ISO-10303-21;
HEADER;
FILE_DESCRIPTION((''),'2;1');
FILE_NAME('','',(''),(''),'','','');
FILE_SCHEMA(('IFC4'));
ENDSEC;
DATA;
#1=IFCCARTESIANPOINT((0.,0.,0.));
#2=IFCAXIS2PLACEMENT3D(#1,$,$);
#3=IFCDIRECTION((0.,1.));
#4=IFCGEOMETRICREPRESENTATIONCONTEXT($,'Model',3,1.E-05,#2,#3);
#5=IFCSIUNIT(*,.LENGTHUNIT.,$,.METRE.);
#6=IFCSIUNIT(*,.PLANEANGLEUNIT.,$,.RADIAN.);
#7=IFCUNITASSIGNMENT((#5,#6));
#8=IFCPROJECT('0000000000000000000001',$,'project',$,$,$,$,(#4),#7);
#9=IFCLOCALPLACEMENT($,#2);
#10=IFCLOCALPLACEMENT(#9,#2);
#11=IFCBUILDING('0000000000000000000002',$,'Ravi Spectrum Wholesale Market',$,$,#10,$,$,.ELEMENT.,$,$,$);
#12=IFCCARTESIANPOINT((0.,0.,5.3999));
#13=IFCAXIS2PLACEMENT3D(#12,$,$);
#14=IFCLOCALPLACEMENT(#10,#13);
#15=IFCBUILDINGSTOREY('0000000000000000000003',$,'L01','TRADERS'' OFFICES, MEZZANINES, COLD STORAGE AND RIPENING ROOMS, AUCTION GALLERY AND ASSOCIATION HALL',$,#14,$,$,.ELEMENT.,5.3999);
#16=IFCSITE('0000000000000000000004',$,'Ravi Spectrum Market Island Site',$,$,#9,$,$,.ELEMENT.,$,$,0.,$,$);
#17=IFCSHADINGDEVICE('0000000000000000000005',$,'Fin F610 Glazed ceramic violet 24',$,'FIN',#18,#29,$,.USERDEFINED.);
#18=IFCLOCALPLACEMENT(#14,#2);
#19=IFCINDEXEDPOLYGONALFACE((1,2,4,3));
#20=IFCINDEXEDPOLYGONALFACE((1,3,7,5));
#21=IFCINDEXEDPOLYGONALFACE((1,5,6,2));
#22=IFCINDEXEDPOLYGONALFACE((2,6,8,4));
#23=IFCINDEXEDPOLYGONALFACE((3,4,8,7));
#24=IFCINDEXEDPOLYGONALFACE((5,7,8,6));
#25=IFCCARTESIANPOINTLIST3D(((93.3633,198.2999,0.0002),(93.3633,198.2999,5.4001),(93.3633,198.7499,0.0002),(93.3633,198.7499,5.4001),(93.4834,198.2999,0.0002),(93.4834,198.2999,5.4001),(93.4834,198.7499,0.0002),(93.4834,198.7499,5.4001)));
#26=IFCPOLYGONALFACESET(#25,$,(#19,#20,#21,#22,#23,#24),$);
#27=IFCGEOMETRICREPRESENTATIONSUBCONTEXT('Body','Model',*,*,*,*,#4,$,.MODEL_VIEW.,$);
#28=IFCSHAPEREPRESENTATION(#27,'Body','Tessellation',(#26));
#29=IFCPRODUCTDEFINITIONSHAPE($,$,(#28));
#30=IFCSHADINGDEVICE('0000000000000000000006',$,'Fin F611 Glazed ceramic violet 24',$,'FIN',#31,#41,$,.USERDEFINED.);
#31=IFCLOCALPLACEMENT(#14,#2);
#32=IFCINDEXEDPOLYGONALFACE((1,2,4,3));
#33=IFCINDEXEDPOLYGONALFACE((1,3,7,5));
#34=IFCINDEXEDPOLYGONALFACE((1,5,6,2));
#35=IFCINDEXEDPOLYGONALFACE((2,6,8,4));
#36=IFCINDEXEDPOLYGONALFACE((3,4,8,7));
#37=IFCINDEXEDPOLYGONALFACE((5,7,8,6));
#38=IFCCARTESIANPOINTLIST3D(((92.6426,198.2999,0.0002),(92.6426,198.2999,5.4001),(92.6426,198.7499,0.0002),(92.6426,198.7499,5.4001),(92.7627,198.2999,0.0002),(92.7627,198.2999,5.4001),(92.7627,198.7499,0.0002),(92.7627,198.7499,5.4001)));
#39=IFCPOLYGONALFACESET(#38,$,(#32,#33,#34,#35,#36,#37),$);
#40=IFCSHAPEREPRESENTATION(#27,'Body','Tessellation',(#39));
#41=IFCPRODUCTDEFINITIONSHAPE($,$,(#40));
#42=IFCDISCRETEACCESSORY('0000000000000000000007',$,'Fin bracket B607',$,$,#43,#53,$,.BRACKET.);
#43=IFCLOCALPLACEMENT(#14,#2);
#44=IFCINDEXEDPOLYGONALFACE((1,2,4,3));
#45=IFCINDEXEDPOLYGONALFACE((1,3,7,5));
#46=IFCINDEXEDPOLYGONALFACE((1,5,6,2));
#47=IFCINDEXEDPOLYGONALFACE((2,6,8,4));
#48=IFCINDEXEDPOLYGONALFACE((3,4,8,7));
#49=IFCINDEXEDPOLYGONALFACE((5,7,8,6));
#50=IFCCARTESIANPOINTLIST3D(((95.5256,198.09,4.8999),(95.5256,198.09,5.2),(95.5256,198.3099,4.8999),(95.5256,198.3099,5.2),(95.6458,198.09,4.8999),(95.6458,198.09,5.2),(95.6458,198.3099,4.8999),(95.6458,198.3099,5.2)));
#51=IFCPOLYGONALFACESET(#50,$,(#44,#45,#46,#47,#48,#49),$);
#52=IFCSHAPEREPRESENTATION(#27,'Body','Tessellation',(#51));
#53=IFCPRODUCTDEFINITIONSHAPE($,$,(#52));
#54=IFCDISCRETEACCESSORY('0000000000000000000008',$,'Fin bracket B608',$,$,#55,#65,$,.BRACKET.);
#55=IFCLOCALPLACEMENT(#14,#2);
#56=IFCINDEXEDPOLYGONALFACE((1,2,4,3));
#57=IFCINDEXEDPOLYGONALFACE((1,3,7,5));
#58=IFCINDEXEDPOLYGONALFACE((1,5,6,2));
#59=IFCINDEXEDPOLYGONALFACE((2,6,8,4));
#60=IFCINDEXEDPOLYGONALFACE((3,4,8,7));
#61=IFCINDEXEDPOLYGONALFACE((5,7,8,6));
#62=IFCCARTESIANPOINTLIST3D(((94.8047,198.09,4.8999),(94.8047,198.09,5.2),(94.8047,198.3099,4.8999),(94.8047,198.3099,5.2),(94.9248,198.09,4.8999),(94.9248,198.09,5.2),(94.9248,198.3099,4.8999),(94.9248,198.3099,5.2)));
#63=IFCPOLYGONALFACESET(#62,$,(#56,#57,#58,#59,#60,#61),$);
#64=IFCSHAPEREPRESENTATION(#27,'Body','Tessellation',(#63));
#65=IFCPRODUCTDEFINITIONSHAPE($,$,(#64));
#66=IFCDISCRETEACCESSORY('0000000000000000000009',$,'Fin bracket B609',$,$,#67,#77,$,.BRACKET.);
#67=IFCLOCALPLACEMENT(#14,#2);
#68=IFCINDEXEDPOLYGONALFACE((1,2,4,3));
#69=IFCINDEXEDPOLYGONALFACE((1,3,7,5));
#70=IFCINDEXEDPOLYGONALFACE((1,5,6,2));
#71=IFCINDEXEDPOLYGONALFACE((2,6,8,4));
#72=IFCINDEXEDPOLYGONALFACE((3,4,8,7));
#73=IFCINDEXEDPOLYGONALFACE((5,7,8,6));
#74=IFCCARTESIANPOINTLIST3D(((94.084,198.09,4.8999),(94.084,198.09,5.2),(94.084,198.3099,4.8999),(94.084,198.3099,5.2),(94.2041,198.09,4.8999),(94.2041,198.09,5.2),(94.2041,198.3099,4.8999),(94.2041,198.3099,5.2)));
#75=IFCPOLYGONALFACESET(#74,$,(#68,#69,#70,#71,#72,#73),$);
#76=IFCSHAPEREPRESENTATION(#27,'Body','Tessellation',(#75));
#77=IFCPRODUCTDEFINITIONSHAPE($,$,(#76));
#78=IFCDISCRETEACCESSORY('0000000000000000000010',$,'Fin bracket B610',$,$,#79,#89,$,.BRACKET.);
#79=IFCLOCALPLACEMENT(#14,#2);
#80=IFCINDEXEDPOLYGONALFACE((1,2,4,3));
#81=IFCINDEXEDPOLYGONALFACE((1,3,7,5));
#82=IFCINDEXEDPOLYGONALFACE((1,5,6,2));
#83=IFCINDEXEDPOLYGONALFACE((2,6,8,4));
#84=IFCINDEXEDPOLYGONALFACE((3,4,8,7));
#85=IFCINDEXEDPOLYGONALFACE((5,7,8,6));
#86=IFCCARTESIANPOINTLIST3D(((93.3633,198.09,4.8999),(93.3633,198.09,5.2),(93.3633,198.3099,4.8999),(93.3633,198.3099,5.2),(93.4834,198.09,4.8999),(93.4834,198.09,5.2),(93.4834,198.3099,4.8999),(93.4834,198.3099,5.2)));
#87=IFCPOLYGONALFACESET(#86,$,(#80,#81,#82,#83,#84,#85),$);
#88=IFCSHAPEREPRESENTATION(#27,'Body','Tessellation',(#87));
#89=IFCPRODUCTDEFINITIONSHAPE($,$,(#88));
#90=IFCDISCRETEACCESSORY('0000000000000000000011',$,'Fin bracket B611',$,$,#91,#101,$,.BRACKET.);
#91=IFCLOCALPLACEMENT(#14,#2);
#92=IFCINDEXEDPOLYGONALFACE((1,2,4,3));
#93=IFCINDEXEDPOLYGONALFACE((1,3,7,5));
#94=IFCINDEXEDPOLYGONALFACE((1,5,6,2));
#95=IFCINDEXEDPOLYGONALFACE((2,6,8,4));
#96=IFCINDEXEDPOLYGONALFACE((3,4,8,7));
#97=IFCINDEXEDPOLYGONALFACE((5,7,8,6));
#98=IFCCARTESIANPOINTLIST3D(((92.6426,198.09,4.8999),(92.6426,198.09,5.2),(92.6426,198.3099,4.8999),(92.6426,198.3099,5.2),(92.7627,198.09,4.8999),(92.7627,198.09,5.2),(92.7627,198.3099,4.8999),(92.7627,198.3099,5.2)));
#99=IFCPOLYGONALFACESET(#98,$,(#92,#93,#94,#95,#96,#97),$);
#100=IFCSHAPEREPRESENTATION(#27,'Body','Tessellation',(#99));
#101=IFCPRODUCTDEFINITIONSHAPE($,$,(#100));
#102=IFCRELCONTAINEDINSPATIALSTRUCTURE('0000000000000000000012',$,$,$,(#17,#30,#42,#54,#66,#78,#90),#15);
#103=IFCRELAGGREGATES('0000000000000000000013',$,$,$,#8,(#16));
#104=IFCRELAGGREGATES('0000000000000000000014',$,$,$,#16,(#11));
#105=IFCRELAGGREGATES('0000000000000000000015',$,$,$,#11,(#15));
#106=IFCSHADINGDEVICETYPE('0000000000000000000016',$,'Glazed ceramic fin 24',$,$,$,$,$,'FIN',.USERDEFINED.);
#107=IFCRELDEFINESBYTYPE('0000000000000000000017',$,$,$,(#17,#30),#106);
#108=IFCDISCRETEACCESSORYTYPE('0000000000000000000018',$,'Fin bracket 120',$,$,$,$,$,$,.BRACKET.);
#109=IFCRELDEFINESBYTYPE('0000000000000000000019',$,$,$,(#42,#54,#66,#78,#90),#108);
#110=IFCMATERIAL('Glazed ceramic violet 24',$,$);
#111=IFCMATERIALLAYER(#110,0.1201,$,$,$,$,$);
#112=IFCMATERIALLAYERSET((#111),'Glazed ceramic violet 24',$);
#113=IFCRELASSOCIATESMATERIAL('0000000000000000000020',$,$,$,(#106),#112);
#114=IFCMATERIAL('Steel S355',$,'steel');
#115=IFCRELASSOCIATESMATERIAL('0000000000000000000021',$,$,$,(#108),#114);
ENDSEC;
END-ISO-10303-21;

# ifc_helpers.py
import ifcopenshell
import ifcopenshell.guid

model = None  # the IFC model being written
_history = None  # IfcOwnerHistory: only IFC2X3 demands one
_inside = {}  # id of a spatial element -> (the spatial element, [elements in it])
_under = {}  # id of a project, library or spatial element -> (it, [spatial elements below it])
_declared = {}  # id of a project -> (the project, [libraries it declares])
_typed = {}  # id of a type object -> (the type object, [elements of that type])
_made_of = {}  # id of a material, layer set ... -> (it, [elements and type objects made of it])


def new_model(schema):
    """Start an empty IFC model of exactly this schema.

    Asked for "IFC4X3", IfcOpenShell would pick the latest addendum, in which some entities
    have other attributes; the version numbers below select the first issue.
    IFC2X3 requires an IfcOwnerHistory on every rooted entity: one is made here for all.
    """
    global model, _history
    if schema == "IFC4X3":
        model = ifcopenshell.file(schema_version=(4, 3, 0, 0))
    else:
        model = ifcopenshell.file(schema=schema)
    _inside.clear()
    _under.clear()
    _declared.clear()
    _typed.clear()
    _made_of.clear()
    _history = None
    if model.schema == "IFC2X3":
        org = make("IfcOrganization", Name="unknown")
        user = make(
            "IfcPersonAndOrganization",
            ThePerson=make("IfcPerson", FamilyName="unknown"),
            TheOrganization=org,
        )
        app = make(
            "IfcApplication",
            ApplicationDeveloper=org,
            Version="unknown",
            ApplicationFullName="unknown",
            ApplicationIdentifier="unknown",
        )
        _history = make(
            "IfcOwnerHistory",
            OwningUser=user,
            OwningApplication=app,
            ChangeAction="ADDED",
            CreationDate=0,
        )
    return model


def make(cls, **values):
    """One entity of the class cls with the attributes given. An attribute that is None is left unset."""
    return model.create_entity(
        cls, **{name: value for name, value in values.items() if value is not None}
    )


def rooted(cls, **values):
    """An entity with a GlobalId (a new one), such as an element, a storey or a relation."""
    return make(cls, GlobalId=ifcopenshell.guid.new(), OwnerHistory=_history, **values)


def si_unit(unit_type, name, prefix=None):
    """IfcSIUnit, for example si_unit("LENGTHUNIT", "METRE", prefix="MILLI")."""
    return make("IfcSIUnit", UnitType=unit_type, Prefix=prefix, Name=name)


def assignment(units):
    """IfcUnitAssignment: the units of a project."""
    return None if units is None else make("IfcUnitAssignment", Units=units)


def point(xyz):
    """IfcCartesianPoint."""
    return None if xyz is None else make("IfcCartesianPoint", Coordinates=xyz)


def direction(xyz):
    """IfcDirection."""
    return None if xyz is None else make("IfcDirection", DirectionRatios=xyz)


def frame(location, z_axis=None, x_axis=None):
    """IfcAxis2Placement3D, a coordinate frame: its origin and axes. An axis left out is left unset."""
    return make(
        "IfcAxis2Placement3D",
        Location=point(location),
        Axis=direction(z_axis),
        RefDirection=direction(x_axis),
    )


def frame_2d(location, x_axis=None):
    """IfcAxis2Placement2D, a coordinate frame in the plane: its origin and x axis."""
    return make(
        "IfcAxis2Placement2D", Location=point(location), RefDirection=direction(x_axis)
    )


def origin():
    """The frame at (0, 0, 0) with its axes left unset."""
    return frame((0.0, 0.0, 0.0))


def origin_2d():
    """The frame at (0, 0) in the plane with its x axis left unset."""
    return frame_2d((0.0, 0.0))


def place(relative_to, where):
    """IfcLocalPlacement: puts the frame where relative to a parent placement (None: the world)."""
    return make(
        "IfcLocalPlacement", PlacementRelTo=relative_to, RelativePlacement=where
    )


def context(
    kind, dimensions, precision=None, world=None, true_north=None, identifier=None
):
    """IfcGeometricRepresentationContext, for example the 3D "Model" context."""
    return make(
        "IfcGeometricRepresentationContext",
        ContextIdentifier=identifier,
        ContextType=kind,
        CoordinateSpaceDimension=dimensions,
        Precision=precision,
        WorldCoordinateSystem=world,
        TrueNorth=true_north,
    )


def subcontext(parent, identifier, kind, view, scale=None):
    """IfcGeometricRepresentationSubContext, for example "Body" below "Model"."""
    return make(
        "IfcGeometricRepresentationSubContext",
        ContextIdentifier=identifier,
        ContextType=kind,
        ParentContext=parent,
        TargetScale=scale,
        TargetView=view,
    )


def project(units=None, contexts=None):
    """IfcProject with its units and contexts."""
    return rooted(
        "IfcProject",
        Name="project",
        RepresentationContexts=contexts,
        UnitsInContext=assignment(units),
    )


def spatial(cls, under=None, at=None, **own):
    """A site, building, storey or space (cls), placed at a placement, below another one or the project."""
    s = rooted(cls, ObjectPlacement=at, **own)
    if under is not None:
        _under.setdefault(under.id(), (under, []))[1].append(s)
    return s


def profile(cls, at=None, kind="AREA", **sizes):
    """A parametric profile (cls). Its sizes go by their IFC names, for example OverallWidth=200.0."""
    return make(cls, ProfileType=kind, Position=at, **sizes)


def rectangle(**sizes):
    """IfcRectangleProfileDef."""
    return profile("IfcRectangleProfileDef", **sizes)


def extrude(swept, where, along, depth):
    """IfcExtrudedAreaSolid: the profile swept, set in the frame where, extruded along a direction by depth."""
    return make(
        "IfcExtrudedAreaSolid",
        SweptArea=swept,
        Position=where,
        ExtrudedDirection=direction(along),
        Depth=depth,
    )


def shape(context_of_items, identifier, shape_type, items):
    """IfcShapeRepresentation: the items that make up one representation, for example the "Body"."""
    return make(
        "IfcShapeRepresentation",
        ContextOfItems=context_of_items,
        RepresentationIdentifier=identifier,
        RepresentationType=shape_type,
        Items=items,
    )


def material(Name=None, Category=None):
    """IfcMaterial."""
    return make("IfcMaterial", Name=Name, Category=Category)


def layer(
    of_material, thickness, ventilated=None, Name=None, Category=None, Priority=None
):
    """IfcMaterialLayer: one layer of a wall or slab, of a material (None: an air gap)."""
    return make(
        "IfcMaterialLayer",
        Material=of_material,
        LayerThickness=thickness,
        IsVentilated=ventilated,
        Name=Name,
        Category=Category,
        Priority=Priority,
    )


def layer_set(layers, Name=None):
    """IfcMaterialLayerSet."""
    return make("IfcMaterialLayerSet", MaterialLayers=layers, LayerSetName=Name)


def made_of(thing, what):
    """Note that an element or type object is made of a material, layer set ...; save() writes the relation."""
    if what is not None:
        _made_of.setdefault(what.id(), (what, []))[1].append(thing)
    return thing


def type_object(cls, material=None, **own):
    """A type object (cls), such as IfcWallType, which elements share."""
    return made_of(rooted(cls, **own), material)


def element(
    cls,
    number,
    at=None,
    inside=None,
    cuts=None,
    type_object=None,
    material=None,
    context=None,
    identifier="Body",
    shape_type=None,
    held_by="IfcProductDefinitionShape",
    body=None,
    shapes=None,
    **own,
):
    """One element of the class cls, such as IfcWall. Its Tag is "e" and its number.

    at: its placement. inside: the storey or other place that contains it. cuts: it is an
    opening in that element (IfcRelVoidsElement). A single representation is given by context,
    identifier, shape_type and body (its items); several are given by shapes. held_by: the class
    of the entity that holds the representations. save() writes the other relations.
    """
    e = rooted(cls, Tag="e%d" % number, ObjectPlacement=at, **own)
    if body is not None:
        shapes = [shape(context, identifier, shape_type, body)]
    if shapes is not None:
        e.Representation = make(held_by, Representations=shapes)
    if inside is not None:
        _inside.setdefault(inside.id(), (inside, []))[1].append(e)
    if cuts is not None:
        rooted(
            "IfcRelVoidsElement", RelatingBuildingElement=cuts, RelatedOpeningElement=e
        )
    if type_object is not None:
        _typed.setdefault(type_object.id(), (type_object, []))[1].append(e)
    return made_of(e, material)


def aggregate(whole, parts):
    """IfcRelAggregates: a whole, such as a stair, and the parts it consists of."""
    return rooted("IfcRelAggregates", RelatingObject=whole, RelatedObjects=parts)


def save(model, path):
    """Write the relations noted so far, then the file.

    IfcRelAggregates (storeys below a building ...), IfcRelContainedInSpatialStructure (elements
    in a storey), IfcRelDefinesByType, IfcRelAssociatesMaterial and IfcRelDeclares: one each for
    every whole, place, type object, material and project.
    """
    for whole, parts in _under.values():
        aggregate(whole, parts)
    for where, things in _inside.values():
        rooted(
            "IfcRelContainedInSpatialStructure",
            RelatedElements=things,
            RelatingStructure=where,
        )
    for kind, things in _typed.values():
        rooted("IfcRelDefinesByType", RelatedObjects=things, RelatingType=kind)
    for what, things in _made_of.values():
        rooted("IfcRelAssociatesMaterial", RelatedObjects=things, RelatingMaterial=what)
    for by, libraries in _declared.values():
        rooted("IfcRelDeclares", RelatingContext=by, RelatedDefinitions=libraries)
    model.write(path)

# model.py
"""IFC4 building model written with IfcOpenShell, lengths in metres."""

from ifc_helpers import new_model, si_unit, direction, frame, origin, origin_2d, place, context, subcontext, project, spatial, rectangle, extrude, material, layer, layer_set, type_object, element, save


model = new_model("IFC4")

# Units and contexts
model_context = context("Model", 3, precision=1e-05, world=origin(), true_north=direction((0.0, 1.0)))
body_context = subcontext(model_context, "Body", "Model", "MODEL_VIEW")
ifc_project = project(units=[si_unit("LENGTHUNIT", "METRE"), si_unit("PLANEANGLEUNIT", "RADIAN")], contexts=[model_context])

# Site, building, storey
site_placement = place(None, origin())
site = spatial("IfcSite", under=ifc_project, at=site_placement, Name="Ravi Spectrum Market Island Site", CompositionType="ELEMENT", RefElevation=0.0)
building_placement = place(site_placement, origin())
building = spatial("IfcBuilding", under=site, at=building_placement, Name="Ravi Spectrum Wholesale Market", CompositionType="ELEMENT")
storey_placement = place(building_placement, frame((0.0, 0.0, 5.3999)))
storey = spatial("IfcBuildingStorey", under=building, at=storey_placement, Name="L01", Description="TRADERS' OFFICES, MEZZANINES, COLD STORAGE AND RIPENING ROOMS, AUCTION GALLERY AND ASSOCIATION HALL", CompositionType="ELEMENT", Elevation=5.3999)

# Shading devices
ifc_material_1 = material(Name="Glazed ceramic violet 24")
ifc_layer_1 = layer(ifc_material_1, 0.1201)
ifc_layer_set_1 = layer_set([ifc_layer_1], Name="Glazed ceramic violet 24")
shading_device_type = type_object("IfcShadingDeviceType", Name="Glazed ceramic fin 24", ElementType="FIN", PredefinedType="USERDEFINED", material=ifc_layer_set_1)
for number, where, z_axis, x_axis, name in (
    (1, (93.4233, 198.5249, 0.0002), (0.0, 0.0, 1.0), (-1.0, 0.0, 0.0), "Fin F610 Glazed ceramic violet 24"),
    (2, (92.7026, 198.5249, 0.0002), (0.0, 0.0, 1.0), (-1.0, 0.0, 0.0), "Fin F611 Glazed ceramic violet 24"),
):
    element("IfcShadingDevice", number, at=place(storey_placement, frame(where, z_axis=z_axis, x_axis=x_axis)), inside=storey, type_object=shading_device_type, Name=name, ObjectType="FIN", PredefinedType="USERDEFINED", context=body_context, shape_type="SweptSolid", body=[
        extrude(rectangle(XDim=0.1201, YDim=0.45, at=origin_2d()), origin(), (0.0, 0.0, 1.0), 5.3999),
    ])

# Discrete accessories
ifc_material_2 = material(Name="Steel S355", Category="steel")
discrete_accessory_type = type_object("IfcDiscreteAccessoryType", Name="Fin bracket 120", PredefinedType="BRACKET", material=ifc_material_2)
for number, where, z_axis, x_axis, name in (
    (3, (95.5857, 198.2, 4.8999), (0.0, 0.0, 1.0), (-1.0, 0.0, 0.0), "Fin bracket B607"),
    (4, (94.8647, 198.2, 4.8999), (0.0, 0.0, 1.0), (-1.0, 0.0, 0.0), "Fin bracket B608"),
    (5, (94.144, 198.2, 4.8999), (0.0, 0.0, 1.0), (-1.0, 0.0, 0.0), "Fin bracket B609"),
    (6, (93.4233, 198.2, 4.8999), (0.0, 0.0, 1.0), (-1.0, 0.0, 0.0), "Fin bracket B610"),
    (7, (92.7026, 198.2, 4.8999), (0.0, 0.0, 1.0), (-1.0, 0.0, 0.0), "Fin bracket B611"),
):
    element("IfcDiscreteAccessory", number, at=place(storey_placement, frame(where, z_axis=z_axis, x_axis=x_axis)), inside=storey, type_object=discrete_accessory_type, Name=name, PredefinedType="BRACKET", context=body_context, shape_type="SweptSolid", body=[
        extrude(rectangle(XDim=0.1201, YDim=0.22, at=origin_2d()), origin(), (0.0, 0.0, 1.0), 0.3),
    ])

save(model, "model.ifc")
